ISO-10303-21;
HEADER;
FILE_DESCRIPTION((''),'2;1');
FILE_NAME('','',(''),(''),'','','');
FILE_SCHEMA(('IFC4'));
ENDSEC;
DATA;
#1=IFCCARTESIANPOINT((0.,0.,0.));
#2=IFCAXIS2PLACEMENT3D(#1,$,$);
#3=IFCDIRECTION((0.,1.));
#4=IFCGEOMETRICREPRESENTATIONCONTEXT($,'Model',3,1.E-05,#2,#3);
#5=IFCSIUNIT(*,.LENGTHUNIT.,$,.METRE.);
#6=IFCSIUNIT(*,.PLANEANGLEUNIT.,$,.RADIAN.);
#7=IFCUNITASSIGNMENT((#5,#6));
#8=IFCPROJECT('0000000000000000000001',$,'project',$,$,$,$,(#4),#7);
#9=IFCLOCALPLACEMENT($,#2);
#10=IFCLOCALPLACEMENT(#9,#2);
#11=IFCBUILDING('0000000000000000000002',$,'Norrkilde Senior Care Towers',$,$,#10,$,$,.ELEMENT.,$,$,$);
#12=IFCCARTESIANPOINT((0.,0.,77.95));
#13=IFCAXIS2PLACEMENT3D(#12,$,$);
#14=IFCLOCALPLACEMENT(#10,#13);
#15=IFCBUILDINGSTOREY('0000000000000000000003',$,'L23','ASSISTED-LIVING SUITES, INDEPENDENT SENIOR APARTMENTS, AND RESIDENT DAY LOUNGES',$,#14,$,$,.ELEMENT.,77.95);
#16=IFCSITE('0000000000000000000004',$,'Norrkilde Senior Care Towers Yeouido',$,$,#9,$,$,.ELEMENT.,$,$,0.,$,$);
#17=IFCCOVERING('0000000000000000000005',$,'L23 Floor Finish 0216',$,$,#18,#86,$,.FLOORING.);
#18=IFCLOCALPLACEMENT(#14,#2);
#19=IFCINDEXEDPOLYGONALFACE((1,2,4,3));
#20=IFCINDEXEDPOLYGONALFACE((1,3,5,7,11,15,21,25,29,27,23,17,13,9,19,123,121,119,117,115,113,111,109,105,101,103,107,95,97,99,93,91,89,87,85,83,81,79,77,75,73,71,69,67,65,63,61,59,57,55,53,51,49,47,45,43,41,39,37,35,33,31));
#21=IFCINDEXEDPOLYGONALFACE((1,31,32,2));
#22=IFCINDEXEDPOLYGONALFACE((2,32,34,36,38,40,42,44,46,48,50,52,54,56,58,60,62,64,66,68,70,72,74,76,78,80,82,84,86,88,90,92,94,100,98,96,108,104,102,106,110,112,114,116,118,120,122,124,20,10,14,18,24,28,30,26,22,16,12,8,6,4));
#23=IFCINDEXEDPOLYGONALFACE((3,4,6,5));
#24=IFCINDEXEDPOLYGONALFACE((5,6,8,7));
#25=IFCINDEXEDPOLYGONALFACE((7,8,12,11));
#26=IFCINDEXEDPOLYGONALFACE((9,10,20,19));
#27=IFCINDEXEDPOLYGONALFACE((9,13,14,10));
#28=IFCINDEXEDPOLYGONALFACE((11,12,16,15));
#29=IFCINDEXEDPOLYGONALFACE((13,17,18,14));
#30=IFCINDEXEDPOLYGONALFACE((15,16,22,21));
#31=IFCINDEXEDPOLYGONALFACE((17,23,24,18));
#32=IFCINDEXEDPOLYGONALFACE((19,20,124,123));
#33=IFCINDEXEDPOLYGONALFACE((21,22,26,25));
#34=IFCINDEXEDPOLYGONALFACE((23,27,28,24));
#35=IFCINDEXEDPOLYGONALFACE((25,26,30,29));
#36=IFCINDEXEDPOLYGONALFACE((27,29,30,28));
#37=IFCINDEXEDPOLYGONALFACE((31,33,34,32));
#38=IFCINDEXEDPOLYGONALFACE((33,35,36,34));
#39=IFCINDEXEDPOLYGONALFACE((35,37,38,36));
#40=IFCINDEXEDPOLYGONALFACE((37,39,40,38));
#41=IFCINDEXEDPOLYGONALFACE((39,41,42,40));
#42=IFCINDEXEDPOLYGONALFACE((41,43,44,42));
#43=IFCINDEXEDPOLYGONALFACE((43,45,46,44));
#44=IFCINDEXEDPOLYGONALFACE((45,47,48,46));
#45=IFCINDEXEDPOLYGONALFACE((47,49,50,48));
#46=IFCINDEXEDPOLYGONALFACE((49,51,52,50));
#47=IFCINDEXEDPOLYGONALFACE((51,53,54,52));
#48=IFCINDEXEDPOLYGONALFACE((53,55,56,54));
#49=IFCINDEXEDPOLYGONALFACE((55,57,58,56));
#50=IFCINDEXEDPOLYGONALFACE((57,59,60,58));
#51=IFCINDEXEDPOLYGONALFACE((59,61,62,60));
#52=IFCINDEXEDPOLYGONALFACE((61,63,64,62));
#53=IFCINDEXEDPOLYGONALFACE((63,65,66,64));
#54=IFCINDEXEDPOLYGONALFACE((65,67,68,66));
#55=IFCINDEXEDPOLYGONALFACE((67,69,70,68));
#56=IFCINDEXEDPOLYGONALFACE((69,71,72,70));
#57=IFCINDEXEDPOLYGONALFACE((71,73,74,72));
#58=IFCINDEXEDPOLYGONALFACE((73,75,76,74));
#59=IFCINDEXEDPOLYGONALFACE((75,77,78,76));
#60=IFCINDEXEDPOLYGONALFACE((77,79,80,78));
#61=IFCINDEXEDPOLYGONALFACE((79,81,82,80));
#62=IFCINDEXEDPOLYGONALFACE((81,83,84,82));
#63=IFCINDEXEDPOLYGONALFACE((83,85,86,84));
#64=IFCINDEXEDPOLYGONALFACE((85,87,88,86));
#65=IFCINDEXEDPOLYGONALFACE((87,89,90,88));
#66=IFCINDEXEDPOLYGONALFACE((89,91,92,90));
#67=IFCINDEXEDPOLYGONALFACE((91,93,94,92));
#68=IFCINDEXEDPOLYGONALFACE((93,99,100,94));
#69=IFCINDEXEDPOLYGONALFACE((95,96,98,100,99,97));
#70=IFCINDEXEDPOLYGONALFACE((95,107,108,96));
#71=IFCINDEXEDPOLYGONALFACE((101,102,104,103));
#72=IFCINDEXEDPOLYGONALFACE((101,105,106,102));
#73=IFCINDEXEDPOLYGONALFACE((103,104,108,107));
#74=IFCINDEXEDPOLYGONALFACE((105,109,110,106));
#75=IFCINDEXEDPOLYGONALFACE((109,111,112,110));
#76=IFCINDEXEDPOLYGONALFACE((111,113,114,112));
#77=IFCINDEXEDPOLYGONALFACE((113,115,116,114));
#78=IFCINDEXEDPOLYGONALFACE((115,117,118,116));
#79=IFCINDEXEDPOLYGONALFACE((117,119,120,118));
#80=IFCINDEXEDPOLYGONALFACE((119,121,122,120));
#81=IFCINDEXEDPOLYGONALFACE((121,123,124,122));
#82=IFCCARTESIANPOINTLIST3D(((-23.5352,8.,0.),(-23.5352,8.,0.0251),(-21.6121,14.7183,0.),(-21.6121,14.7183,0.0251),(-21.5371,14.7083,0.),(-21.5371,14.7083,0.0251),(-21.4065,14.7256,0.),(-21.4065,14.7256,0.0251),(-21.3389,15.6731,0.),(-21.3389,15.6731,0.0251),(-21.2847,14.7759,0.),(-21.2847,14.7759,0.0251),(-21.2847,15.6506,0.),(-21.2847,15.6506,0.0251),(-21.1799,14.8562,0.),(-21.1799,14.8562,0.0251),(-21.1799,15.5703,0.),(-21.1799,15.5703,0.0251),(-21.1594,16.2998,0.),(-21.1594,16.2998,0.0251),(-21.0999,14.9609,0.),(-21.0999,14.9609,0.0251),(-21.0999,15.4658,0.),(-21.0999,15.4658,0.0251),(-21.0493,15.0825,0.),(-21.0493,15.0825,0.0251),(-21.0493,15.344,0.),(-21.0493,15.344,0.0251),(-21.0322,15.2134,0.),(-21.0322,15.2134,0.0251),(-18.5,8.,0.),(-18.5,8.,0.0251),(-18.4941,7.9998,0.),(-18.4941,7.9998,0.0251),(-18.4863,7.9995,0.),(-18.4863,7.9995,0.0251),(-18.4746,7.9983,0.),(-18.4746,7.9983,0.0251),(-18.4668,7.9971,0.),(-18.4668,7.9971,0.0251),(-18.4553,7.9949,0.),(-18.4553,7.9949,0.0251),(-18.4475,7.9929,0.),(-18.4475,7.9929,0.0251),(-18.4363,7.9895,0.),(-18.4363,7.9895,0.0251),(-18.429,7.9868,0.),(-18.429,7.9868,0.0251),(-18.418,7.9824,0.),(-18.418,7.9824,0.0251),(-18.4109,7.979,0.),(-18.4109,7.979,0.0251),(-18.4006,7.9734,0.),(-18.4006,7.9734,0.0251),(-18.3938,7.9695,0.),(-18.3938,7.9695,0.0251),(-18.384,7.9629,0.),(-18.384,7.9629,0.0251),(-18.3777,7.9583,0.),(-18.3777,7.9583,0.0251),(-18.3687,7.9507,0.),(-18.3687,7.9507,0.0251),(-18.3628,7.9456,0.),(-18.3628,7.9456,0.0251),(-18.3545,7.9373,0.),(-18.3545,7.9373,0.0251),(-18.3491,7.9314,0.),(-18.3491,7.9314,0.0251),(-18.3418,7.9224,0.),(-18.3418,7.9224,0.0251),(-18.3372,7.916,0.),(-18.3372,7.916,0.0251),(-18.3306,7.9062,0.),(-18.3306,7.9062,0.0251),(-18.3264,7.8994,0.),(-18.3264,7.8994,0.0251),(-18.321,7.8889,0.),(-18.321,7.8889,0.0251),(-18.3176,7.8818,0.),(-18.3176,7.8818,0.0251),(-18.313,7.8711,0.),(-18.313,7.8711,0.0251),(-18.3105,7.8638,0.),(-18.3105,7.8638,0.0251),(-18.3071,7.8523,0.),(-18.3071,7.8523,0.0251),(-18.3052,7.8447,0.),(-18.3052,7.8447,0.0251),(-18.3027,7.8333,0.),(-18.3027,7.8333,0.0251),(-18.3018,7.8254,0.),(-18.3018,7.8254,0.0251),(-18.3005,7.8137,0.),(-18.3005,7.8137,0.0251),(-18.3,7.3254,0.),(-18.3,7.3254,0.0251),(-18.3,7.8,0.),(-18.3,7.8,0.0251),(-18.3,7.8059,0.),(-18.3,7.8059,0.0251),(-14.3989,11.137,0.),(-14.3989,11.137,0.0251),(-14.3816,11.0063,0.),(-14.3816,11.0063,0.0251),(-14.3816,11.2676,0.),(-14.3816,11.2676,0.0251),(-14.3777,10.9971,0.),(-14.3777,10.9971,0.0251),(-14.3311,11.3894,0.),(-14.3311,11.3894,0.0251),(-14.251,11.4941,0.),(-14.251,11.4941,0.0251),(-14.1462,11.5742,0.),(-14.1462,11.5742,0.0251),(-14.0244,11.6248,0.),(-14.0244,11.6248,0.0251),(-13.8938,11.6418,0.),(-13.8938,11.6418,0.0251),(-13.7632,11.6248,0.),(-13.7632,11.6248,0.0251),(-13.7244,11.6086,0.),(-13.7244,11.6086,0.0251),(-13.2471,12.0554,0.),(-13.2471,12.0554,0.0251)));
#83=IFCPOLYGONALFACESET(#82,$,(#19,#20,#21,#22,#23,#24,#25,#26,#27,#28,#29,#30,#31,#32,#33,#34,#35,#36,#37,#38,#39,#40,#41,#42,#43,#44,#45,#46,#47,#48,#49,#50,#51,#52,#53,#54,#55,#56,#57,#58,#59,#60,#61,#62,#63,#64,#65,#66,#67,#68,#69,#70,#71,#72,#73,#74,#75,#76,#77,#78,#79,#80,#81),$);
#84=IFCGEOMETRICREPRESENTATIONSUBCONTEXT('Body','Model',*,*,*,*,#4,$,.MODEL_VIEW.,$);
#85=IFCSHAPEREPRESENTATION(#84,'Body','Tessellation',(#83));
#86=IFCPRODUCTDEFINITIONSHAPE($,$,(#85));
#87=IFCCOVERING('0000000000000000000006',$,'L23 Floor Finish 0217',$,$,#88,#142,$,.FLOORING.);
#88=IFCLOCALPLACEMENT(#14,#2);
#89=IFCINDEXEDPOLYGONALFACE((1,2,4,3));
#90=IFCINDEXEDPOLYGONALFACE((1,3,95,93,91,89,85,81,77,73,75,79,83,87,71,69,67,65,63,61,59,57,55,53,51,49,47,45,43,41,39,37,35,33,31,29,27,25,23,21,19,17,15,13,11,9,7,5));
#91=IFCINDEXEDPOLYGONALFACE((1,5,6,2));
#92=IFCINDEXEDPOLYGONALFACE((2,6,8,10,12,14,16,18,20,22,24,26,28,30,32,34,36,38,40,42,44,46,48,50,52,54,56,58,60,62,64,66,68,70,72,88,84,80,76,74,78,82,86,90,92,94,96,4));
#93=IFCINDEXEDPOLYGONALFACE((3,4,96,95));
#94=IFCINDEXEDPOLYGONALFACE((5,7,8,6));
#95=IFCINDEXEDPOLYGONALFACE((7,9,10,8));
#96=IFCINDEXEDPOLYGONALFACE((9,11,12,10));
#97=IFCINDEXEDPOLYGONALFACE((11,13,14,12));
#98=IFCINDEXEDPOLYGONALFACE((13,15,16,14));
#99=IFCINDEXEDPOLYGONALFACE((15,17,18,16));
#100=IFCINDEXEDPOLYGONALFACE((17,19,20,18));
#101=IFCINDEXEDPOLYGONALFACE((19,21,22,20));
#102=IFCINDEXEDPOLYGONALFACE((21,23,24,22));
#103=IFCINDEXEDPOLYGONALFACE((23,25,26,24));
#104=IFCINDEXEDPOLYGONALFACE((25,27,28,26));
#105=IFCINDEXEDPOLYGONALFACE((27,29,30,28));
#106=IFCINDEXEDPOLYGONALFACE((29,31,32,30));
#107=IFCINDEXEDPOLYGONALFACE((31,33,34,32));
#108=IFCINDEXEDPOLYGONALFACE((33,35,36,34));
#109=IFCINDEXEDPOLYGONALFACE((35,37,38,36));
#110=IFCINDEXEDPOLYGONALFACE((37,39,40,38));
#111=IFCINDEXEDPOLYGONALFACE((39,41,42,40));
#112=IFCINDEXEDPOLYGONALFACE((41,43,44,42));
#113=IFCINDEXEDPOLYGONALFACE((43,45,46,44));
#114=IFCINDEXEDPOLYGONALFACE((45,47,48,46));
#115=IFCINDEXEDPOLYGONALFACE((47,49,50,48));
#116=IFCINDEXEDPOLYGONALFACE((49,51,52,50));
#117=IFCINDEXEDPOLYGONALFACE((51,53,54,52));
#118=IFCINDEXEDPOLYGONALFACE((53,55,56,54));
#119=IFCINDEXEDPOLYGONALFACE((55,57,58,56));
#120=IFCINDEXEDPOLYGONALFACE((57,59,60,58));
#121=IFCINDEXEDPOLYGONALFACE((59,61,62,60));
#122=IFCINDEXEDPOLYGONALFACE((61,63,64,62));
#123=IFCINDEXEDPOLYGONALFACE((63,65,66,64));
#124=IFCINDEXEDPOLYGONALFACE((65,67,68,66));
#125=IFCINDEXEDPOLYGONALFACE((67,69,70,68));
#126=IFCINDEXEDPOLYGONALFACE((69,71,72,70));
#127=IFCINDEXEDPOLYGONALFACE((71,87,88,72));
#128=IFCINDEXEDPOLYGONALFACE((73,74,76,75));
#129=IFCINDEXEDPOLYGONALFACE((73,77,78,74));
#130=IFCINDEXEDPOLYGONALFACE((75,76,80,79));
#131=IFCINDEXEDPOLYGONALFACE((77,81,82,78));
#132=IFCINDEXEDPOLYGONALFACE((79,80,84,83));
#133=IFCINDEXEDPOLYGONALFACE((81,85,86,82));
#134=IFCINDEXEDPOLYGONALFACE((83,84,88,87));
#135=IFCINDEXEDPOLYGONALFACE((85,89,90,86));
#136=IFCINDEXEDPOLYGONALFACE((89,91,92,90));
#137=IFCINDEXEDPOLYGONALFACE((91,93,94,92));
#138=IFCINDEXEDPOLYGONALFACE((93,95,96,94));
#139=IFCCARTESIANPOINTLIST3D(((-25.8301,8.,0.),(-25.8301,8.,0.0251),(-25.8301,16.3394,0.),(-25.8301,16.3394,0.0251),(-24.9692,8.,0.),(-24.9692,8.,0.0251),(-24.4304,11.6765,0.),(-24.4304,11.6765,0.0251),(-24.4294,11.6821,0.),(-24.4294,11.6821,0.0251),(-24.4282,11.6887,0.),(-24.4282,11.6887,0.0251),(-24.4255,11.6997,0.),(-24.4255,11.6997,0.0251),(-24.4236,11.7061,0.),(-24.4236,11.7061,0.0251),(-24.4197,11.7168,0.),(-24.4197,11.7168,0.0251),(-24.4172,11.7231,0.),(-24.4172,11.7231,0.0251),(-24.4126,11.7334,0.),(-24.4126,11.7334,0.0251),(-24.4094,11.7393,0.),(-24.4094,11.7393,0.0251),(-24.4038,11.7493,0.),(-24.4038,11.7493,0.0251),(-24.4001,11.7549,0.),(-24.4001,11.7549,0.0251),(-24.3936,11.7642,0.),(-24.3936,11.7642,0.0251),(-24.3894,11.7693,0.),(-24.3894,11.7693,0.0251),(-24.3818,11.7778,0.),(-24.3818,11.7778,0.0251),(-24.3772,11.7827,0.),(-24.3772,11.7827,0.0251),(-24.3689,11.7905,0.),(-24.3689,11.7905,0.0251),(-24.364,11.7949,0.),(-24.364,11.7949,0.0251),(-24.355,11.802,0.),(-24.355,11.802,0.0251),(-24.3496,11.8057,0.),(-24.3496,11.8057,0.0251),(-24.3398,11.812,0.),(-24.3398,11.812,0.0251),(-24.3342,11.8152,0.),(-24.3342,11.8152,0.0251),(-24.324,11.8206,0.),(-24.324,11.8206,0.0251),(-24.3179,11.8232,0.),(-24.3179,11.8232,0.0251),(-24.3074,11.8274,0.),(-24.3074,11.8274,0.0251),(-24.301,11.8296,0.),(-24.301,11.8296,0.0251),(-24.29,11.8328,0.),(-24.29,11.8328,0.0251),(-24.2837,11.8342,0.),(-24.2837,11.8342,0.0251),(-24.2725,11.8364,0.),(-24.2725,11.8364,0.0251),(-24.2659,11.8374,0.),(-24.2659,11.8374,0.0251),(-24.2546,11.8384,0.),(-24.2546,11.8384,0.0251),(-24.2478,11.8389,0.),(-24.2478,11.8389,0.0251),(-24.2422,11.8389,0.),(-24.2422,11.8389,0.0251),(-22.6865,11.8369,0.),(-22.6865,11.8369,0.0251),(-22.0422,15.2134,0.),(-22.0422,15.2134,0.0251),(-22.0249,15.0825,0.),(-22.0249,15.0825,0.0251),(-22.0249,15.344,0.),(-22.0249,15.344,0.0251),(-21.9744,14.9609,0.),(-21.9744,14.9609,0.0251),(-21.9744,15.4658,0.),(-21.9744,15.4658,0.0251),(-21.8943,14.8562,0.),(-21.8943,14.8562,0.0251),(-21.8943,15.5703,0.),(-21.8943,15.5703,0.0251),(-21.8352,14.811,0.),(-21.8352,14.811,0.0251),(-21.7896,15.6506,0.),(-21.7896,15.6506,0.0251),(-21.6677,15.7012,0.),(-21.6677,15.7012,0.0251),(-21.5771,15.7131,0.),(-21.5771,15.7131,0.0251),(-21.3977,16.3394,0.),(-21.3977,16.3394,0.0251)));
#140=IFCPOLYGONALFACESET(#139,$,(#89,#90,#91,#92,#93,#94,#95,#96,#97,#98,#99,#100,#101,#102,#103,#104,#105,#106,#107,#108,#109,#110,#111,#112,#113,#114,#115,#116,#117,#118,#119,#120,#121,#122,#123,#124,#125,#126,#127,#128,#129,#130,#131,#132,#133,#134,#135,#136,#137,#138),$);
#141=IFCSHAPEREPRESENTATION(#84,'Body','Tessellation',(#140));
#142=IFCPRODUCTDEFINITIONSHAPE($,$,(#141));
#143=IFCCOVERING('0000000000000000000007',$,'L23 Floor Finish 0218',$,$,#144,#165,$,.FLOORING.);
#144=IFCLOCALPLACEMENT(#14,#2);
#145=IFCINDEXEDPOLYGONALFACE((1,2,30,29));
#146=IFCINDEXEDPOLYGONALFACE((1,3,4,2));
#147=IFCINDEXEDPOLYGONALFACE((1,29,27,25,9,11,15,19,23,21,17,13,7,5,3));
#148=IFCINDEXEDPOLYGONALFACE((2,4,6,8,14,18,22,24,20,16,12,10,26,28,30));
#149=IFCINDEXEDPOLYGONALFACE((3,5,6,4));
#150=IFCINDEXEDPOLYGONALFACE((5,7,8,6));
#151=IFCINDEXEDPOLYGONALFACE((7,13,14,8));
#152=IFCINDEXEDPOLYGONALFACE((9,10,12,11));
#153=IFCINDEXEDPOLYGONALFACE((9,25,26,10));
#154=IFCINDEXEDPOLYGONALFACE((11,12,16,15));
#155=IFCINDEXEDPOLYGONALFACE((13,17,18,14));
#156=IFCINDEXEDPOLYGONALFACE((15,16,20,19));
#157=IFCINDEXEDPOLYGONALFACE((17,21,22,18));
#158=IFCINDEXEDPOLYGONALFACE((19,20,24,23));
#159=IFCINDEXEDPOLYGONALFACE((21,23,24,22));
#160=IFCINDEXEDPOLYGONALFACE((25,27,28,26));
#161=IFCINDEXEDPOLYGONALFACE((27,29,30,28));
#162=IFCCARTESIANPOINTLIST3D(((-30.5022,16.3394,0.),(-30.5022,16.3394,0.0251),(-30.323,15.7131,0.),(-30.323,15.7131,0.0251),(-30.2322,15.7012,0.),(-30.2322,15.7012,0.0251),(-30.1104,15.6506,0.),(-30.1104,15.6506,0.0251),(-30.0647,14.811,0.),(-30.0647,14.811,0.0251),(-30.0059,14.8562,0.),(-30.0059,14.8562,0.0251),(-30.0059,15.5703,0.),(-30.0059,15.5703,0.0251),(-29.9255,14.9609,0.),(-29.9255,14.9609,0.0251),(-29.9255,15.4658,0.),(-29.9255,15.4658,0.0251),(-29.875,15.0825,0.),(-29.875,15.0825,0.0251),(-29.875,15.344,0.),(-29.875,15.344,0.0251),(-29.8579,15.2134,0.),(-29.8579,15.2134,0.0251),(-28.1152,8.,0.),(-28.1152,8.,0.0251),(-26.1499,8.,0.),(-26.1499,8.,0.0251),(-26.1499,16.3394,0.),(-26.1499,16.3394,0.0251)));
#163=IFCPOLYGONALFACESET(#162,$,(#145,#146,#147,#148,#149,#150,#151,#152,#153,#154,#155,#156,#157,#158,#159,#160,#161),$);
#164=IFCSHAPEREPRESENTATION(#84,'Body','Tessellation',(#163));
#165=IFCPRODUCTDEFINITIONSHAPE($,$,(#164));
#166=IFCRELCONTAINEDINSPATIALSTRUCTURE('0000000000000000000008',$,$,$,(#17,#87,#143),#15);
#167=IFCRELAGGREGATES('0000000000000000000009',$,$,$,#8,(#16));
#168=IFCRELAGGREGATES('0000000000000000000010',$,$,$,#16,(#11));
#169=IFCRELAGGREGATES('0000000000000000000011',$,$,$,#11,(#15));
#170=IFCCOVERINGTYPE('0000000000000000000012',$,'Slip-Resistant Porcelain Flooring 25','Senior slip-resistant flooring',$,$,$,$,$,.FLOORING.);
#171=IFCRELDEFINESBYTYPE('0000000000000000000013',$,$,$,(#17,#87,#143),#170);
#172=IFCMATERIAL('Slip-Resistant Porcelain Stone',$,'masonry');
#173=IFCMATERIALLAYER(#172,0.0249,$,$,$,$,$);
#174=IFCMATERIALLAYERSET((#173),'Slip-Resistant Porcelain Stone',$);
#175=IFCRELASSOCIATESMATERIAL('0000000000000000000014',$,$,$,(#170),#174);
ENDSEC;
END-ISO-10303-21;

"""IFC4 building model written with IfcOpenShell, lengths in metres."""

from ifc_helpers import new_model, si_unit, direction, frame, origin, place, context, subcontext, project, spatial, polyline, outline, extrude, material, layer, layer_set, type_object, element, save


model = new_model("IFC4")

# Units and contexts
model_context = context("Model", 3, precision=1e-05, world=origin(), true_north=direction((0.0, 1.0)))
body_context = subcontext(model_context, "Body", "Model", "MODEL_VIEW")
ifc_project = project(units=[si_unit("LENGTHUNIT", "METRE"), si_unit("PLANEANGLEUNIT", "RADIAN")], contexts=[model_context])

# Site, building, storey
site_placement = place(None, origin())
site = spatial("IfcSite", under=ifc_project, at=site_placement, Name="Norrkilde Senior Care Towers Yeouido", CompositionType="ELEMENT", RefElevation=0.0)
building_placement = place(site_placement, origin())
building = spatial("IfcBuilding", under=site, at=building_placement, Name="Norrkilde Senior Care Towers", CompositionType="ELEMENT")
storey_placement = place(building_placement, frame((0.0, 0.0, 77.95)))
storey = spatial("IfcBuildingStorey", under=building, at=storey_placement, Name="L23", Description="ASSISTED-LIVING SUITES, INDEPENDENT SENIOR APARTMENTS, AND RESIDENT DAY LOUNGES", CompositionType="ELEMENT", Elevation=77.95)

# Coverings
ifc_material_1 = material(Name="Slip-Resistant Porcelain Stone", Category="masonry")
ifc_layer_1 = layer(ifc_material_1, 0.0249)
ifc_layer_set_1 = layer_set([ifc_layer_1], Name="Slip-Resistant Porcelain Stone")
covering_type_1 = type_object("IfcCoveringType", Name="Slip-Resistant Porcelain Flooring 25", Description="Senior slip-resistant flooring", PredefinedType="FLOORING", material=ifc_layer_set_1)
covering_1_placement = place(storey_placement, origin())
element("IfcCovering", 1, at=covering_1_placement, inside=storey, type_object=covering_type_1, Name="L23 Floor Finish 0216", PredefinedType="FLOORING", context=body_context, shape_type="SweptSolid", body=[
    extrude(outline(polyline([(-18.3027, 7.8333), (-18.3052, 7.8447), (-18.3071, 7.8523), (-18.3105, 7.8638), (-18.313, 7.8711), (-18.3176, 7.8818), (-18.321, 7.8889), (-18.3264, 7.8994), (-18.3306, 7.9062), (-18.3372, 7.916), (-18.3418, 7.9224), (-18.3491, 7.9314), (-18.3545, 7.9373), (-18.3628, 7.9456), (-18.3687, 7.9507), (-18.3777, 7.9583), (-18.384, 7.9629), (-18.3938, 7.9695), (-18.4006, 7.9734), (-18.4109, 7.979), (-18.418, 7.9824), (-18.429, 7.9868), (-18.4363, 7.9895), (-18.4475, 7.9929), (-18.4553, 7.9949), (-18.4668, 7.9971), (-18.4746, 7.9983), (-18.4863, 7.9995), (-18.4941, 7.9998), (-18.5, 8.0), (-23.5352, 8.0), (-21.6121, 14.7183), (-21.5371, 14.7083), (-21.4065, 14.7256), (-21.2847, 14.7759), (-21.1799, 14.8562), (-21.0999, 14.9609), (-21.0493, 15.0825), (-21.0322, 15.2134), (-21.0493, 15.344), (-21.0999, 15.4658), (-21.1799, 15.5703), (-21.2847, 15.6506), (-21.3389, 15.6731), (-21.1594, 16.2998), (-13.2471, 12.0554), (-13.7244, 11.6086), (-13.7632, 11.6248), (-13.8938, 11.6418), (-14.0244, 11.6248), (-14.1462, 11.5742), (-14.251, 11.4941), (-14.3311, 11.3894), (-14.3816, 11.2676), (-14.3989, 11.137), (-14.3816, 11.0063), (-14.3777, 10.9971), (-18.3, 7.3254), (-18.3, 7.8), (-18.3, 7.8059), (-18.3005, 7.8137), (-18.3018, 7.8254), (-18.3027, 7.8333)])), origin(), (0.0, 0.0, 1.0), 0.0251),
])
covering_2_placement = place(storey_placement, origin())
element("IfcCovering", 2, at=covering_2_placement, inside=storey, type_object=covering_type_1, Name="L23 Floor Finish 0217", PredefinedType="FLOORING", context=body_context, shape_type="SweptSolid", body=[
    extrude(outline(polyline([(-24.2659, 11.8374), (-24.2725, 11.8364), (-24.2837, 11.8342), (-24.29, 11.8328), (-24.301, 11.8296), (-24.3074, 11.8274), (-24.3179, 11.8232), (-24.324, 11.8206), (-24.3342, 11.8152), (-24.3398, 11.812), (-24.3496, 11.8057), (-24.355, 11.802), (-24.364, 11.7949), (-24.3689, 11.7905), (-24.3772, 11.7827), (-24.3818, 11.7778), (-24.3894, 11.7693), (-24.3936, 11.7642), (-24.4001, 11.7549), (-24.4038, 11.7493), (-24.4094, 11.7393), (-24.4126, 11.7334), (-24.4172, 11.7231), (-24.4197, 11.7168), (-24.4236, 11.7061), (-24.4255, 11.6997), (-24.4282, 11.6887), (-24.4294, 11.6821), (-24.4304, 11.6765), (-24.9692, 8.0), (-25.8301, 8.0), (-25.8301, 16.3394), (-21.3977, 16.3394), (-21.5771, 15.7131), (-21.6677, 15.7012), (-21.7896, 15.6506), (-21.8943, 15.5703), (-21.9744, 15.4658), (-22.0249, 15.344), (-22.0422, 15.2134), (-22.0249, 15.0825), (-21.9744, 14.9609), (-21.8943, 14.8562), (-21.8352, 14.811), (-22.6865, 11.8369), (-24.2422, 11.8389), (-24.2478, 11.8389), (-24.2546, 11.8384), (-24.2659, 11.8374)])), origin(), (0.0, 0.0, 1.0), 0.0251),
])
covering_3_placement = place(storey_placement, origin())
element("IfcCovering", 3, at=covering_3_placement, inside=storey, type_object=covering_type_1, Name="L23 Floor Finish 0218", PredefinedType="FLOORING", context=body_context, shape_type="SweptSolid", body=[
    extrude(outline(polyline([(-26.1499, 16.3394), (-26.1499, 8.0), (-28.1152, 8.0), (-30.0647, 14.811), (-30.0059, 14.8562), (-29.9255, 14.9609), (-29.875, 15.0825), (-29.8579, 15.2134), (-29.875, 15.344), (-29.9255, 15.4658), (-30.0059, 15.5703), (-30.1104, 15.6506), (-30.2322, 15.7012), (-30.323, 15.7131), (-30.5022, 16.3394), (-26.1499, 16.3394)])), origin(), (0.0, 0.0, 1.0), 0.0251),
])

save(model, "model.ifc")
